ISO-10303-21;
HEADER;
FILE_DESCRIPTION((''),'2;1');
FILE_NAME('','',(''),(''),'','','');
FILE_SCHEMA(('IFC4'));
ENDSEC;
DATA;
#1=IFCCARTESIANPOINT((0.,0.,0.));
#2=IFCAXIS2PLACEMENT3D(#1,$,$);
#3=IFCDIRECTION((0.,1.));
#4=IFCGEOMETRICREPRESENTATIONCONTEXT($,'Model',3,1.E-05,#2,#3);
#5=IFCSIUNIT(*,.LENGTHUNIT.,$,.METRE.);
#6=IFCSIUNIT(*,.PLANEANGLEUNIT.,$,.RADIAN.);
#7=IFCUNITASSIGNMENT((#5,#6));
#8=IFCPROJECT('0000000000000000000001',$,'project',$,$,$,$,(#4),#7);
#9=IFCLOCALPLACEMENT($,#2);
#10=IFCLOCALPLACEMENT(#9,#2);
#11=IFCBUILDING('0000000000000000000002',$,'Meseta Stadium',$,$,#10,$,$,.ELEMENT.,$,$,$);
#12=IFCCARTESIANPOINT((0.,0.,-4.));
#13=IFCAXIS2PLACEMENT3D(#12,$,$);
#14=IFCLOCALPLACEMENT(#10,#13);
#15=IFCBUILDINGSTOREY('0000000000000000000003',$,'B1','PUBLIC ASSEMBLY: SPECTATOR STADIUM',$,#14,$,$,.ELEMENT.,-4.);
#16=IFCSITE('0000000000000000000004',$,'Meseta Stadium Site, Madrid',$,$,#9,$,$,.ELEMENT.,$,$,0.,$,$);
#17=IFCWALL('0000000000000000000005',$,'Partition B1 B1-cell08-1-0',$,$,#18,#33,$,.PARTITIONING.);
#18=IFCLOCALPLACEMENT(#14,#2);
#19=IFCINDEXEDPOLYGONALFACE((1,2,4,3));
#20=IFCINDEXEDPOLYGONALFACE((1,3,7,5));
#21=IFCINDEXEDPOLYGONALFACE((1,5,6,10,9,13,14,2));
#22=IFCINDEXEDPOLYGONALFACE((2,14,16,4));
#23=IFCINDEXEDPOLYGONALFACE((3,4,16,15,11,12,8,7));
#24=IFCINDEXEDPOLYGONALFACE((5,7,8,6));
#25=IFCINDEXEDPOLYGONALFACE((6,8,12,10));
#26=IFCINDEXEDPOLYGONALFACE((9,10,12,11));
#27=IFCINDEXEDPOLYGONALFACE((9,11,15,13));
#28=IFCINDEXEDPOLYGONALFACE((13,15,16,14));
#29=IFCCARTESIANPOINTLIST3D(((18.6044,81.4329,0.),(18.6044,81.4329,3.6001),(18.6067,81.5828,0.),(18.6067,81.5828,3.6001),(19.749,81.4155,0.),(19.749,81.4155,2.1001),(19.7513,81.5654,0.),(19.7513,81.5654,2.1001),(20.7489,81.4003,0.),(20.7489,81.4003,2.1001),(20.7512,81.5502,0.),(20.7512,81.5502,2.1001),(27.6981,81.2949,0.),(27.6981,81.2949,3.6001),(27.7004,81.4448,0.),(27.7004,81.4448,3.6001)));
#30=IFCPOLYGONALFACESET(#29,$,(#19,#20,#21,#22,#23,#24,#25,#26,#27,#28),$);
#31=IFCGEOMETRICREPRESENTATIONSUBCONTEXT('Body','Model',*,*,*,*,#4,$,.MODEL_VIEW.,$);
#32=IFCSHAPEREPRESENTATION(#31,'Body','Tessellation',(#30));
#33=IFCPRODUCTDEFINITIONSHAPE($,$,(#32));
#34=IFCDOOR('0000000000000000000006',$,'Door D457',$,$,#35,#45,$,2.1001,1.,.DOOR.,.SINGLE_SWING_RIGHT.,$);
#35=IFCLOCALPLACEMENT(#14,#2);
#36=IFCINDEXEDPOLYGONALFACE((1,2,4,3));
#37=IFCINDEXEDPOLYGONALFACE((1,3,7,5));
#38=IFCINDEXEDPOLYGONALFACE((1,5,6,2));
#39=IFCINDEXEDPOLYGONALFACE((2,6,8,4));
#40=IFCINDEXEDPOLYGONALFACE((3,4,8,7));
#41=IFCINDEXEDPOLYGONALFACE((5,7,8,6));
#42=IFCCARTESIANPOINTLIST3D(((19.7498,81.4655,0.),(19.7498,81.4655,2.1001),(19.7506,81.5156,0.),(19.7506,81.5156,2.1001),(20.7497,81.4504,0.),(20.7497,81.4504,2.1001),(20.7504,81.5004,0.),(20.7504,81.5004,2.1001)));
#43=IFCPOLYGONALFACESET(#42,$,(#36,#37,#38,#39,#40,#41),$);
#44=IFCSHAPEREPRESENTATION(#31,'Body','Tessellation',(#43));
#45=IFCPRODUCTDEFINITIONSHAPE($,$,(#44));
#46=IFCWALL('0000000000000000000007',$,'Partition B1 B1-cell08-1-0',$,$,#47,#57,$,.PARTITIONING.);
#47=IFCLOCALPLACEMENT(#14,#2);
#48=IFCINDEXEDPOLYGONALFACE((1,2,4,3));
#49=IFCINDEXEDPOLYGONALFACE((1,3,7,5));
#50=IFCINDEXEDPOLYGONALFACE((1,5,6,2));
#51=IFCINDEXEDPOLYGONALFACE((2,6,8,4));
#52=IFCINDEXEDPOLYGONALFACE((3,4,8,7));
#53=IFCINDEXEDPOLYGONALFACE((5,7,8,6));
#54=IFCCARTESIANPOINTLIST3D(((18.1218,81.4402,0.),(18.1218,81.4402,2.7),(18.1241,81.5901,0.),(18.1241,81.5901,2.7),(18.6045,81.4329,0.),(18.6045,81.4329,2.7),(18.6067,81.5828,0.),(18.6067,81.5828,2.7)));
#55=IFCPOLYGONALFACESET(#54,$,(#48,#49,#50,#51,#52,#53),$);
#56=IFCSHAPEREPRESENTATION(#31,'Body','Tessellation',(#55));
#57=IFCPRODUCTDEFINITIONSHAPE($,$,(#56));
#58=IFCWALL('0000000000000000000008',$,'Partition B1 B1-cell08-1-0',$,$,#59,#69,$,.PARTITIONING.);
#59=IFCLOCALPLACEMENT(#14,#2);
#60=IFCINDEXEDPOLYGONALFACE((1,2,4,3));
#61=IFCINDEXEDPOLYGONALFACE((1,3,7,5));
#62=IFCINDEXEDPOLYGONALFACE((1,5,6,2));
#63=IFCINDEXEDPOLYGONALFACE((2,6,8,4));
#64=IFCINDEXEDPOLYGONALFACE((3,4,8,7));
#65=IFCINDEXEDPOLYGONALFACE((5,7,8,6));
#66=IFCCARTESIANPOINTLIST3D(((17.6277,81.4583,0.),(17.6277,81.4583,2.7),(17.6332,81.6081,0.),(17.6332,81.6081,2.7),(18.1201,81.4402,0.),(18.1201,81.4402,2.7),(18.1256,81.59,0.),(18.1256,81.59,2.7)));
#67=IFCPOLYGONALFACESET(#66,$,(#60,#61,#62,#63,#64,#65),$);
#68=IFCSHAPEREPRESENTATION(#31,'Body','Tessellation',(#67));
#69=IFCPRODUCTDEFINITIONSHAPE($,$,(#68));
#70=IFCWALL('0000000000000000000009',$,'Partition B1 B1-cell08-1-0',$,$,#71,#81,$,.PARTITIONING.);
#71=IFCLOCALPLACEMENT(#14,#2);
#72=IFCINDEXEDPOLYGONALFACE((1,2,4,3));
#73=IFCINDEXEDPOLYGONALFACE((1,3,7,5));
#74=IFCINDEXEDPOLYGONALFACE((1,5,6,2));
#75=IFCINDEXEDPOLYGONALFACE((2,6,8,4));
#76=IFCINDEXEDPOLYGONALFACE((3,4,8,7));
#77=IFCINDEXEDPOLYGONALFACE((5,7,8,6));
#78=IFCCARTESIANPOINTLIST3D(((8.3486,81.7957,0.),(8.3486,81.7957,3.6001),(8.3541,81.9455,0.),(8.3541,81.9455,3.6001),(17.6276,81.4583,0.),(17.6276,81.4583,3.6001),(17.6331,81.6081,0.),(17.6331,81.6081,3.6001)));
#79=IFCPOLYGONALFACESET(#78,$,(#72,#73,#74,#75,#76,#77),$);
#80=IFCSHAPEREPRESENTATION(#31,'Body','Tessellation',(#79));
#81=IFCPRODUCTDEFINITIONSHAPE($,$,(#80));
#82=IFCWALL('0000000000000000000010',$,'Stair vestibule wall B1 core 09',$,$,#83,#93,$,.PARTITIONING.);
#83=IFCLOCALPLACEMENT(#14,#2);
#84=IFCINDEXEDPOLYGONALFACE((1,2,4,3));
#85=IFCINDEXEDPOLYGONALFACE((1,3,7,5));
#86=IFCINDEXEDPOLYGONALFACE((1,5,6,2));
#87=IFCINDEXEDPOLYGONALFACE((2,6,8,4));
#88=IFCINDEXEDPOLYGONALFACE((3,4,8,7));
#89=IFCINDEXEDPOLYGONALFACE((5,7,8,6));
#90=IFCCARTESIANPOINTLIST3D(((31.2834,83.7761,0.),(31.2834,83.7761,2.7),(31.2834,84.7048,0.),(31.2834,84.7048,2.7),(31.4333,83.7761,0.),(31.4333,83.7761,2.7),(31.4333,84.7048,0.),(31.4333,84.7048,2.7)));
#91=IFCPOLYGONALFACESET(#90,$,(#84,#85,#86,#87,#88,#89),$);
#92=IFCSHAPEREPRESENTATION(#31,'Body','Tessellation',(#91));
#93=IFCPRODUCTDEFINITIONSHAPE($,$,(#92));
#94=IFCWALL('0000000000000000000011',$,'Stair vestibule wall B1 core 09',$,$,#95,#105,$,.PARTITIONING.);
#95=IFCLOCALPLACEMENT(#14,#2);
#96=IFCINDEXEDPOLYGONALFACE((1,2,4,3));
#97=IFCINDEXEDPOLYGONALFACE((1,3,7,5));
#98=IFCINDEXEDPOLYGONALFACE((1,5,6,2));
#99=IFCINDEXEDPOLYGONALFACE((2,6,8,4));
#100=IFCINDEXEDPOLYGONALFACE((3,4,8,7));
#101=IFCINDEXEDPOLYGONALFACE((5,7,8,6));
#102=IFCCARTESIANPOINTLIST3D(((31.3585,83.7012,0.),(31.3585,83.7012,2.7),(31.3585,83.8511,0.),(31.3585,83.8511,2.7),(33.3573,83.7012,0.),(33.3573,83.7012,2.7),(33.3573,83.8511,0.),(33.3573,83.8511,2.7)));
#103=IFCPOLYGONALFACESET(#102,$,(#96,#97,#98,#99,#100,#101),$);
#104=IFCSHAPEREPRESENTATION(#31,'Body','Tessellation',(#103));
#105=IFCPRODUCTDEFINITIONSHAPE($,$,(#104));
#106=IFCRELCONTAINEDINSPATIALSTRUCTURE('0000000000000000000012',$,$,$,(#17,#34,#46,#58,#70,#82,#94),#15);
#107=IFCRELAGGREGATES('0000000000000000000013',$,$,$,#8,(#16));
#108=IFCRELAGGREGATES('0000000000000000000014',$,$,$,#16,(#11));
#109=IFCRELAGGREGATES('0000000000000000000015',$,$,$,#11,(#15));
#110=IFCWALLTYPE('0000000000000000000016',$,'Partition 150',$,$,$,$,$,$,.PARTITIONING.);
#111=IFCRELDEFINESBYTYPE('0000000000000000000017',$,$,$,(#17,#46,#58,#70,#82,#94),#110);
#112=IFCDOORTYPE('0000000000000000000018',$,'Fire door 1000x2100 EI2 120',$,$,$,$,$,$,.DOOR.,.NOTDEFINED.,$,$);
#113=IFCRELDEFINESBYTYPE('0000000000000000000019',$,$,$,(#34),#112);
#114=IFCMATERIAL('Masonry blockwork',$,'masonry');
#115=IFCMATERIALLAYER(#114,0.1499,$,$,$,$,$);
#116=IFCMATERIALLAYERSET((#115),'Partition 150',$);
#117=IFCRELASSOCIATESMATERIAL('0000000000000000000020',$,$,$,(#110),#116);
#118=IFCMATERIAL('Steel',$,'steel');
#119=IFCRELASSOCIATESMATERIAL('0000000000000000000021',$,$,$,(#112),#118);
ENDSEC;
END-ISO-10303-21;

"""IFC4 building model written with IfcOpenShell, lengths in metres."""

from ifc_helpers import new_model, si_unit, direction, frame, frame_2d, origin, place, context, subcontext, project, spatial, rectangle, extrude, material, layer, layer_set, type_object, element, fill, save


model = new_model("IFC4")

# Units and contexts
model_context = context("Model", 3, precision=1e-05, world=origin(), true_north=direction((0.0, 1.0)))
body_context = subcontext(model_context, "Body", "Model", "MODEL_VIEW")
ifc_project = project(units=[si_unit("LENGTHUNIT", "METRE"), si_unit("PLANEANGLEUNIT", "RADIAN")], contexts=[model_context])

# Site, building, storey
site_placement = place(None, origin())
site = spatial("IfcSite", under=ifc_project, at=site_placement, Name="Meseta Stadium Site, Madrid", CompositionType="ELEMENT", RefElevation=0.0)
building_placement = place(site_placement, origin())
building = spatial("IfcBuilding", under=site, at=building_placement, Name="Meseta Stadium", CompositionType="ELEMENT")
storey_placement = place(building_placement, frame((0.0, 0.0, -4.0)))
storey = spatial("IfcBuildingStorey", under=building, at=storey_placement, Name="B1", Description="PUBLIC ASSEMBLY: SPECTATOR STADIUM", CompositionType="ELEMENT", Elevation=-4.0)

# Shared definitions
ifc_material_1 = material(Name="Masonry blockwork", Category="masonry")
ifc_layer = layer(ifc_material_1, 0.1499)
ifc_layer_set = layer_set([ifc_layer], Name="Partition 150")
wall_type = type_object("IfcWallType", Name="Partition 150", PredefinedType="PARTITIONING", material=ifc_layer_set)

# Wall, opening, door
wall_1_placement = place(storey_placement, frame((27.6992, 81.3699, 0.0), z_axis=(0.0, 0.0, 1.0), x_axis=(-0.999885, 0.015167, 0.0)))
wall_1 = element("IfcWall", 1, at=wall_1_placement, inside=storey, type_object=wall_type, Name="Partition B1 B1-cell08-1-0", PredefinedType="PARTITIONING", context=body_context, shape_type="SweptSolid", body=[
    extrude(rectangle(XDim=9.0947, YDim=0.1499, at=frame_2d((4.5474, 0.0))), origin(), (0.0, 0.0, 1.0), 3.6001),
])
opening_placement = place(wall_1_placement, frame((6.95, 0.0, 0.0)))
opening = element("IfcOpeningElement", 2, at=opening_placement, cuts=wall_1, PredefinedType="OPENING", context=body_context, shape_type="SweptSolid", body=[
    extrude(rectangle(XDim=1.0, YDim=2.1001, at=frame_2d((0.5, 1.05))), frame((0.0, 0.085, 0.0), z_axis=(0.0, -1.0, 0.0), x_axis=(1.0, 0.0, 0.0)), (0.0, 0.0, 1.0), 0.1699),
])
ifc_material_2 = material(Name="Steel", Category="steel")
door_type = type_object("IfcDoorType", Name="Fire door 1000x2100 EI2 120", OperationType="NOTDEFINED", PredefinedType="DOOR", material=ifc_material_2)
door_placement = place(opening_placement, origin())
door = element("IfcDoor", 3, at=door_placement, inside=storey, type_object=door_type, Name="Door D457", OperationType="SINGLE_SWING_RIGHT", OverallHeight=2.1001, OverallWidth=1.0, PredefinedType="DOOR", context=body_context, shape_type="SweptSolid", body=[
    extrude(rectangle(XDim=1.0, YDim=2.1001, at=frame_2d((0.5, 1.05))), frame((0.0, 0.0249, 0.0), z_axis=(0.0, -1.0, 0.0), x_axis=(1.0, 0.0, 0.0)), (0.0, 0.0, 1.0), 0.05),
])
fill(opening, door)

# Walls
wall_2_placement = place(storey_placement, frame((18.6055, 81.5078, 0.0), z_axis=(0.0, 0.0, 1.0), x_axis=(-0.999885, 0.015173, 0.0)))
element("IfcWall", 4, at=wall_2_placement, inside=storey, type_object=wall_type, Name="Partition B1 B1-cell08-1-0", PredefinedType="PARTITIONING", context=body_context, shape_type="SweptSolid", body=[
    extrude(rectangle(XDim=0.4827, YDim=0.1499, at=frame_2d((0.2412, 0.0))), origin(), (0.0, 0.0, 1.0), 2.7),
])
wall_3_placement = place(storey_placement, frame((18.1228, 81.5151, 0.0), z_axis=(0.0, 0.0, 1.0), x_axis=(-0.999328, 0.036663, 0.0)))
element("IfcWall", 5, at=wall_3_placement, inside=storey, type_object=wall_type, Name="Partition B1 B1-cell08-1-0", PredefinedType="PARTITIONING", context=body_context, shape_type="SweptSolid", body=[
    extrude(rectangle(XDim=0.4927, YDim=0.1499, at=frame_2d((0.2463, 0.0))), origin(), (0.0, 0.0, 1.0), 2.7),
])
wall_4_placement = place(storey_placement, frame((17.6304, 81.5332, 0.0), z_axis=(0.0, 0.0, 1.0), x_axis=(-0.99934, 0.036338, 0.0)))
element("IfcWall", 6, at=wall_4_placement, inside=storey, type_object=wall_type, Name="Partition B1 B1-cell08-1-0", PredefinedType="PARTITIONING", context=body_context, shape_type="SweptSolid", body=[
    extrude(rectangle(XDim=9.2852, YDim=0.1499, at=frame_2d((4.6426, 0.0))), origin(), (0.0, 0.0, 1.0), 3.6001),
])
wall_5_placement = place(storey_placement, frame((31.3584, 84.7048, 0.0), z_axis=(0.0, 0.0, 1.0), x_axis=(0.0, -1.0, 0.0)))
element("IfcWall", 7, at=wall_5_placement, inside=storey, type_object=wall_type, Name="Stair vestibule wall B1 core 09", PredefinedType="PARTITIONING", context=body_context, shape_type="SweptSolid", body=[
    extrude(rectangle(XDim=0.9287, YDim=0.1499, at=frame_2d((0.4644, 0.0))), origin(), (0.0, 0.0, 1.0), 2.7),
])
wall_6_placement = place(storey_placement, frame((31.3584, 83.7761, 0.0), z_axis=(0.0, 0.0, 1.0), x_axis=(1.0, 0.0, 0.0)))
element("IfcWall", 8, at=wall_6_placement, inside=storey, type_object=wall_type, Name="Stair vestibule wall B1 core 09", PredefinedType="PARTITIONING", context=body_context, shape_type="SweptSolid", body=[
    extrude(rectangle(XDim=1.9988, YDim=0.1499, at=frame_2d((0.9995, 0.0))), origin(), (0.0, 0.0, 1.0), 2.7),
])

save(model, "model.ifc")
